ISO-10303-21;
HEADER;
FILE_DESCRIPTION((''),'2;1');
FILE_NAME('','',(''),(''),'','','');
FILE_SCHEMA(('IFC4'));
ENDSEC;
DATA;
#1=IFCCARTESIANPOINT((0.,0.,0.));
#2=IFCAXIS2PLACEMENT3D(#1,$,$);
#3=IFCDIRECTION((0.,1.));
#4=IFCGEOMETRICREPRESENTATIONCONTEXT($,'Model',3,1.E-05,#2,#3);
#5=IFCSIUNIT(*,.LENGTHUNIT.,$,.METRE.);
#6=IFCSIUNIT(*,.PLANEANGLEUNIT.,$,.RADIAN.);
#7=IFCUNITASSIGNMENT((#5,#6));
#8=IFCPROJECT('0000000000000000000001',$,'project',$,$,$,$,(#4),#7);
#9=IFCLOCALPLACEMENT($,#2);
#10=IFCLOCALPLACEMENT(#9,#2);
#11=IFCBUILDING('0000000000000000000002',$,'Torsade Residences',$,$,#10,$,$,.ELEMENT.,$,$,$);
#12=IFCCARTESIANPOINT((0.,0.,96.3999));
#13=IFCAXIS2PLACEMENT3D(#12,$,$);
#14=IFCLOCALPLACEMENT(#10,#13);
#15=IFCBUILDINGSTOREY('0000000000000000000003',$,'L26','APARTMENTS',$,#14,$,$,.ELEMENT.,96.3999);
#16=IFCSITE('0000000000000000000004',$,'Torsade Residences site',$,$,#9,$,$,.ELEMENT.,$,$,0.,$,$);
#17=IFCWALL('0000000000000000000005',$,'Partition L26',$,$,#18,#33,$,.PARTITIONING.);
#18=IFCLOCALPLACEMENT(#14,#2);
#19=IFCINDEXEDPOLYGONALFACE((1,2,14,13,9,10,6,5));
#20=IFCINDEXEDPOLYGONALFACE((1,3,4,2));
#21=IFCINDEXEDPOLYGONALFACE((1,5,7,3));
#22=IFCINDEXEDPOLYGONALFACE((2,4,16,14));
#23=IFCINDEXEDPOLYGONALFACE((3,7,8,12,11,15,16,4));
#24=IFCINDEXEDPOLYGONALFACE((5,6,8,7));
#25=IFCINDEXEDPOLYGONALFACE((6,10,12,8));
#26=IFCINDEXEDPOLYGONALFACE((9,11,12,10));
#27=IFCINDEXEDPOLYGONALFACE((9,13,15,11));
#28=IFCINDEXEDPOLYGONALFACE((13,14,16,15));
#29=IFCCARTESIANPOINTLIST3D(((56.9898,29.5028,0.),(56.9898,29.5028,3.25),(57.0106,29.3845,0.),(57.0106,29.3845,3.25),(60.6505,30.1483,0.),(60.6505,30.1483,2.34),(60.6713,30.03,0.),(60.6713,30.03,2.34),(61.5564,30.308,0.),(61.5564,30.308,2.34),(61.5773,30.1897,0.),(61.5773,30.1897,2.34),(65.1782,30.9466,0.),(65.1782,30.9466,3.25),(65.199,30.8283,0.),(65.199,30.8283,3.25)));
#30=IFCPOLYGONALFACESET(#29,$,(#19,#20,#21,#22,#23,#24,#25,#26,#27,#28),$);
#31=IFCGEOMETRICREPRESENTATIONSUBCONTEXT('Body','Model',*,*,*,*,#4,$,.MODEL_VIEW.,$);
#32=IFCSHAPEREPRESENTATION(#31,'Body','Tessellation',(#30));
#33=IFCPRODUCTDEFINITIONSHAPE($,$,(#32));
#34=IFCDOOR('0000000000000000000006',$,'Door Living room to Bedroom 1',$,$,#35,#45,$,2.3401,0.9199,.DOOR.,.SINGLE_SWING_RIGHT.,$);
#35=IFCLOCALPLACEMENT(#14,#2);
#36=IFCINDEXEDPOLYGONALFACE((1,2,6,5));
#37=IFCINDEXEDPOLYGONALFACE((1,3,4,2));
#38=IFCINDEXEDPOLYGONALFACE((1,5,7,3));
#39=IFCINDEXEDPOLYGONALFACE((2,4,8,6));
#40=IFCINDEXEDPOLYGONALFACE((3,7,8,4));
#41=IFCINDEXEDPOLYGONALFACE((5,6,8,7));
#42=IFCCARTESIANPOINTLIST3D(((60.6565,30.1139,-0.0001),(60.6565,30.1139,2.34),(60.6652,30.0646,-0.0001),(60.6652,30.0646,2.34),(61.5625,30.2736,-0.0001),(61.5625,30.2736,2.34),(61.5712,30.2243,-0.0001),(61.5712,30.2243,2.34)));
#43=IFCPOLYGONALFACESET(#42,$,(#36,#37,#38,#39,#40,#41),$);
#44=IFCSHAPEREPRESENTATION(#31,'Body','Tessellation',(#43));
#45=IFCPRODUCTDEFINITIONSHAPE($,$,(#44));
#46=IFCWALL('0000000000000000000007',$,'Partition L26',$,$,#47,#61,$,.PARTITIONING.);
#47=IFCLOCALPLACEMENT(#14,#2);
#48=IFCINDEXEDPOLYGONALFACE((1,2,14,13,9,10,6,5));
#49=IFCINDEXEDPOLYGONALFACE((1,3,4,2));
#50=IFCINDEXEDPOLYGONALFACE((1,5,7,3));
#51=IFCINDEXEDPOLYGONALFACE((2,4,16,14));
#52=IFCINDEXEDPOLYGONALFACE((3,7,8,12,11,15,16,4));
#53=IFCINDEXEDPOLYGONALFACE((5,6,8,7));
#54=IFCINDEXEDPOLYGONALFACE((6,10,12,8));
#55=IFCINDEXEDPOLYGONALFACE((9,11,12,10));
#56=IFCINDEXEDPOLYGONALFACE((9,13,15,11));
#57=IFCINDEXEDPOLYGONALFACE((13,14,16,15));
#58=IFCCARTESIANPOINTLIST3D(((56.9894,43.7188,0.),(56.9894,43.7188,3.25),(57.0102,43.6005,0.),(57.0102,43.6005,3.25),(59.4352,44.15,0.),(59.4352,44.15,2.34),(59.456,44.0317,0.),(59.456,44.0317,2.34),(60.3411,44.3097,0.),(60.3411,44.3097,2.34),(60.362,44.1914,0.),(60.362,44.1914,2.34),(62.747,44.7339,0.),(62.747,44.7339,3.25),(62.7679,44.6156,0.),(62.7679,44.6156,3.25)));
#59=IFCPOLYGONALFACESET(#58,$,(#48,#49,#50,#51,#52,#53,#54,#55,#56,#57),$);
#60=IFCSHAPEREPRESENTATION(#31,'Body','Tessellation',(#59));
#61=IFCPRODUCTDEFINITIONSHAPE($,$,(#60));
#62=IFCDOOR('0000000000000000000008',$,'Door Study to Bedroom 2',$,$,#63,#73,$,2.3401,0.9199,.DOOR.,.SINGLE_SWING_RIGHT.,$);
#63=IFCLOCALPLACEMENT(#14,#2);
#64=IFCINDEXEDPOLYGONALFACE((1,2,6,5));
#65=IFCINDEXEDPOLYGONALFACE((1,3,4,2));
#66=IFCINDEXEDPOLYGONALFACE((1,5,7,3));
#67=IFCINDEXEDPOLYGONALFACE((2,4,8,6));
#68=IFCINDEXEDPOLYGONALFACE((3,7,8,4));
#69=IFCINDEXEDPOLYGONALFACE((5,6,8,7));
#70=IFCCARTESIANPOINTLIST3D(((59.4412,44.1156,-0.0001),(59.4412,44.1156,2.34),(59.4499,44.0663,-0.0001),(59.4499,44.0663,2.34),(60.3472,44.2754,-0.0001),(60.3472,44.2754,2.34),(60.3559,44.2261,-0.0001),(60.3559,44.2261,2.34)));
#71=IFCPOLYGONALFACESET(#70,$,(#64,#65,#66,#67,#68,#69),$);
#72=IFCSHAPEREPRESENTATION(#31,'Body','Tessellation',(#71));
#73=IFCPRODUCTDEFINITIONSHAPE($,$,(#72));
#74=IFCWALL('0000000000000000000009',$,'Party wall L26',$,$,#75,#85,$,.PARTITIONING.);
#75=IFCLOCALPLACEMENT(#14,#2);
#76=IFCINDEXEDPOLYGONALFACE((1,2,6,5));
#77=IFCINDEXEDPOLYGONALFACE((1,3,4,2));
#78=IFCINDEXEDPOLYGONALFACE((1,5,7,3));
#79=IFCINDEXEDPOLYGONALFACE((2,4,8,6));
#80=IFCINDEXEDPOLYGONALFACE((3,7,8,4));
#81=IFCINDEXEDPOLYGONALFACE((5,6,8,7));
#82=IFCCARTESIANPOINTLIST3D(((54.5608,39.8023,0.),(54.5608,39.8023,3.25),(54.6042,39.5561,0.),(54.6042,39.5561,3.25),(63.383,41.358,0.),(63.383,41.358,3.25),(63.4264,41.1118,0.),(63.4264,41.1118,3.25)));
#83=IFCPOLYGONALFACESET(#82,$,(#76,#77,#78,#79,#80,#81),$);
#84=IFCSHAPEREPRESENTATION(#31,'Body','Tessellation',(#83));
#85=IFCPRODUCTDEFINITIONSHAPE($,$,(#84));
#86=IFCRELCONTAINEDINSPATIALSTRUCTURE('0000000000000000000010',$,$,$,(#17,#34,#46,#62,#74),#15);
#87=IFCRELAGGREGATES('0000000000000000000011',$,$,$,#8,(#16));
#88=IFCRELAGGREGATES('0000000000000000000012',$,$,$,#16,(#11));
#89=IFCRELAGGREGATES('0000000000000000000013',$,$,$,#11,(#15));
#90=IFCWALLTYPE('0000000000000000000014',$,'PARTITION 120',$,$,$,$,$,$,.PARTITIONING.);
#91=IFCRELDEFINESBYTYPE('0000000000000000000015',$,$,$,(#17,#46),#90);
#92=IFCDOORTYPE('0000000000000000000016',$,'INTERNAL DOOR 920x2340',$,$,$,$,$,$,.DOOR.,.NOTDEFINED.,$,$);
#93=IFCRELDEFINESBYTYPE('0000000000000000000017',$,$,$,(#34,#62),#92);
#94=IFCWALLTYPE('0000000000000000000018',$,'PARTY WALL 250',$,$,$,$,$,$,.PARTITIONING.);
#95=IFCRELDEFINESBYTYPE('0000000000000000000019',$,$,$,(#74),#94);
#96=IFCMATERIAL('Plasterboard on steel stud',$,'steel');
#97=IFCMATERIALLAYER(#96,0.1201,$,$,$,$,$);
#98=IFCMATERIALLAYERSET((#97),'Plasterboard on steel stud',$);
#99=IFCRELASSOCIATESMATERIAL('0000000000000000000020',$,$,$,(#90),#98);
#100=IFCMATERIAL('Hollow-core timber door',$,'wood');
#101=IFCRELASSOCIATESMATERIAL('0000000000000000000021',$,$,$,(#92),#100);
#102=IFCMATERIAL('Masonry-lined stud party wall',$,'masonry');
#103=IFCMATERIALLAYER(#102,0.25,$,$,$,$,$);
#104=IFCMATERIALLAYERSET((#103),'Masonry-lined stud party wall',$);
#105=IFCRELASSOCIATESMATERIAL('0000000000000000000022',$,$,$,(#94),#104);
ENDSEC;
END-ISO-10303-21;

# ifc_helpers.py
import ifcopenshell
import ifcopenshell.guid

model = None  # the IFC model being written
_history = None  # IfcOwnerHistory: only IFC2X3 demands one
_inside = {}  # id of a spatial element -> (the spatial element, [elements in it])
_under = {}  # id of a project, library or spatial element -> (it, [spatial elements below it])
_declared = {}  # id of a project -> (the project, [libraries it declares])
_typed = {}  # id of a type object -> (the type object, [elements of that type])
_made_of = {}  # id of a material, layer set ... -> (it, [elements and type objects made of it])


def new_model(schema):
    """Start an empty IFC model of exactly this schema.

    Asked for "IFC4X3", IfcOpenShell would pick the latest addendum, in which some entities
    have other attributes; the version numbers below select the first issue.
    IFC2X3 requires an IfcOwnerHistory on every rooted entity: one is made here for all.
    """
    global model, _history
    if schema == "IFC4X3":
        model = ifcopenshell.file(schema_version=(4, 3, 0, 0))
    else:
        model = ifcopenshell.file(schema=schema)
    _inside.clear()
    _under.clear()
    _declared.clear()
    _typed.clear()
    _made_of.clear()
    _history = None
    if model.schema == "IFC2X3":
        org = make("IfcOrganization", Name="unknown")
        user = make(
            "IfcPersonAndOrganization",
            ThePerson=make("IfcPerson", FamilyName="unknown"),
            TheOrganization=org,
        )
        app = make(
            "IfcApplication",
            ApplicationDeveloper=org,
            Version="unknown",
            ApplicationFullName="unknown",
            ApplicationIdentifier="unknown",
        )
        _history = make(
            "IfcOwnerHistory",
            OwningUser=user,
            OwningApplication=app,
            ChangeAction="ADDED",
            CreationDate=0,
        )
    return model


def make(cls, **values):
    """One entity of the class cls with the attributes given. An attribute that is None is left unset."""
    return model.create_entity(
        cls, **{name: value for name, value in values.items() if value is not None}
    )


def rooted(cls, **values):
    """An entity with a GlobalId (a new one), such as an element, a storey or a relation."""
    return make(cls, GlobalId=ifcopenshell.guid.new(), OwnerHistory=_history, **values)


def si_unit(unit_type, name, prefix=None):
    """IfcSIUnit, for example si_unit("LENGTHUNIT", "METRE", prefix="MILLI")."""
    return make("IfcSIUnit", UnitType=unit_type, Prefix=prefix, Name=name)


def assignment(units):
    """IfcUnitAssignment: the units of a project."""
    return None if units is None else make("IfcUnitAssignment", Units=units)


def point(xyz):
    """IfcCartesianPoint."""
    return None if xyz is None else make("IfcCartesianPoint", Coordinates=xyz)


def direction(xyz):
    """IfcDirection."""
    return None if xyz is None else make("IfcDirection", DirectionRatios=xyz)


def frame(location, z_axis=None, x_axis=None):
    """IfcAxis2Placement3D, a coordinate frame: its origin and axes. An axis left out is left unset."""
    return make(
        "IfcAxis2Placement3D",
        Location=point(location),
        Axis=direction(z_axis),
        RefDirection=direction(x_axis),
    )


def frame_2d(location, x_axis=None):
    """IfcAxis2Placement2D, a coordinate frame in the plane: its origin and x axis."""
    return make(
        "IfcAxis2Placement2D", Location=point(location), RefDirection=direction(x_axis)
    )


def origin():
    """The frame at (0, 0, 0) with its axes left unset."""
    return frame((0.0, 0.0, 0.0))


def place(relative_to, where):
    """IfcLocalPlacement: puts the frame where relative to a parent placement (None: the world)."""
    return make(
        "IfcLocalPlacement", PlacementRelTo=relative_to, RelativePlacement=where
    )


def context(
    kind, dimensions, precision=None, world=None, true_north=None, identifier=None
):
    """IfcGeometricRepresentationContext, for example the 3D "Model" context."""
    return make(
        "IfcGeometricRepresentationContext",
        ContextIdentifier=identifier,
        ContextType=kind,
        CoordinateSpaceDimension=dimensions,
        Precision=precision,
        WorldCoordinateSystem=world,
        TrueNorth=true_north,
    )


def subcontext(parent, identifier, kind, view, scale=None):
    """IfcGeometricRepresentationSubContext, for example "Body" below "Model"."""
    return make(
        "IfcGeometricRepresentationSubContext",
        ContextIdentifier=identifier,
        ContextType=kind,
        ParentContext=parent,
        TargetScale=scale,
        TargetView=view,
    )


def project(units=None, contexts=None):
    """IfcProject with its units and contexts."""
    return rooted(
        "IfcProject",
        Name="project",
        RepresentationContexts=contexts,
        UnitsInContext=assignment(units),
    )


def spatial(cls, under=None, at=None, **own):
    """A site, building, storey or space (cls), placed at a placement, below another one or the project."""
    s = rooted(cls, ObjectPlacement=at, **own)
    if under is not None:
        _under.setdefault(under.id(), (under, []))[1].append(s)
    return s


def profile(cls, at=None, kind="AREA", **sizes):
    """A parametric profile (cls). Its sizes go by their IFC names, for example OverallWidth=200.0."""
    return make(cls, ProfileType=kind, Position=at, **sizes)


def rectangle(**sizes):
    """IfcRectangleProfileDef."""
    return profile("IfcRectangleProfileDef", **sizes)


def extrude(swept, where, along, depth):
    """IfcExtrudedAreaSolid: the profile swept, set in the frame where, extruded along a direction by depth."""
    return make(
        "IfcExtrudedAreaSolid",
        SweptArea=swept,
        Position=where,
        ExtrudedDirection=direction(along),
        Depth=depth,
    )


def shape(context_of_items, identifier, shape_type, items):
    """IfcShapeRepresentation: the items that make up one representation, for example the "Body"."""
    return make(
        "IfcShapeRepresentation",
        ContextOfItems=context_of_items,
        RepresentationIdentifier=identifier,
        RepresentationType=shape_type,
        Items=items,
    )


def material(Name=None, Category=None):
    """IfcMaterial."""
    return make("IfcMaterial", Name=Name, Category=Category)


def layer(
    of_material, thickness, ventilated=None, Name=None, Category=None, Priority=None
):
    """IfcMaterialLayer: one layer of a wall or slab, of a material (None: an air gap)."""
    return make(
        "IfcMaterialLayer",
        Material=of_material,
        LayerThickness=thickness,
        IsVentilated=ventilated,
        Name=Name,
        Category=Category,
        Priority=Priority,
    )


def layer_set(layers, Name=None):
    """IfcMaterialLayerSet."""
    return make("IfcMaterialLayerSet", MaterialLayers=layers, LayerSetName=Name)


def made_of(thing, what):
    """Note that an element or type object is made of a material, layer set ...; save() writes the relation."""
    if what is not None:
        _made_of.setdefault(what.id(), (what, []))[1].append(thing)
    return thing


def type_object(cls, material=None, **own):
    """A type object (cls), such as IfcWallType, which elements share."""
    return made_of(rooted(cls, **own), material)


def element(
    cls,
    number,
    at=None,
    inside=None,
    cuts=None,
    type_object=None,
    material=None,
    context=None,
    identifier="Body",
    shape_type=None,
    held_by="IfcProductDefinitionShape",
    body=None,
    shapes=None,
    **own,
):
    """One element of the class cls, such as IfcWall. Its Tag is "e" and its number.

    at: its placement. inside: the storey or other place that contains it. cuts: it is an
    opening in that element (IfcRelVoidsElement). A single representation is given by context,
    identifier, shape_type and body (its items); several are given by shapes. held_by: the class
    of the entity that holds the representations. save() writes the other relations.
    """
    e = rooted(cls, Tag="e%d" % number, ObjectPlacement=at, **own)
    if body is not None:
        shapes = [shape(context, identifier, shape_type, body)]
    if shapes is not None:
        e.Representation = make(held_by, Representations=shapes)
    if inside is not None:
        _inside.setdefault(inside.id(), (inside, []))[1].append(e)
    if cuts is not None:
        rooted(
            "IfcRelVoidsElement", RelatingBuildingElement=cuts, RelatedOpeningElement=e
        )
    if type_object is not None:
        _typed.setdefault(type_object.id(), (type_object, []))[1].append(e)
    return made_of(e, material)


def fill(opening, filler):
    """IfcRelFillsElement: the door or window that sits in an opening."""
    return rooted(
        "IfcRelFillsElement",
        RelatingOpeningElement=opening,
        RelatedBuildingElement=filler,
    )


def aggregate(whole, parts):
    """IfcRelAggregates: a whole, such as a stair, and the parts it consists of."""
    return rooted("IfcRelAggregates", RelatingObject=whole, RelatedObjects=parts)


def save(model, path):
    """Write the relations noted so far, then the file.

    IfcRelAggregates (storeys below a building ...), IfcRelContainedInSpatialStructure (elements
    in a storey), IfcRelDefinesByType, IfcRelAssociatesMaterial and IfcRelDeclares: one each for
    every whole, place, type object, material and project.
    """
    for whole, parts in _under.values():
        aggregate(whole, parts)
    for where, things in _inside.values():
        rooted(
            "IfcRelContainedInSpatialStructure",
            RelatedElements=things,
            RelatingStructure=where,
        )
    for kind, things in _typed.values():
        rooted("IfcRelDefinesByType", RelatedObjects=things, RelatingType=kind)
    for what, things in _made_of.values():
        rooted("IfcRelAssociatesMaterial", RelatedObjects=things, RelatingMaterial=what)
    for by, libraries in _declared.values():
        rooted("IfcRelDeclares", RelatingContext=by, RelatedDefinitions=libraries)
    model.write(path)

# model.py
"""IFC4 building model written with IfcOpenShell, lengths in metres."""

from ifc_helpers import new_model, si_unit, direction, frame, frame_2d, origin, place, context, subcontext, project, spatial, rectangle, extrude, material, layer, layer_set, type_object, element, fill, save


model = new_model("IFC4")

# Units and contexts
model_context = context("Model", 3, precision=1e-05, world=origin(), true_north=direction((0.0, 1.0)))
body_context = subcontext(model_context, "Body", "Model", "MODEL_VIEW")
ifc_project = project(units=[si_unit("LENGTHUNIT", "METRE"), si_unit("PLANEANGLEUNIT", "RADIAN")], contexts=[model_context])

# Site, building, storey
site_placement = place(None, origin())
site = spatial("IfcSite", under=ifc_project, at=site_placement, Name="Torsade Residences site", CompositionType="ELEMENT", RefElevation=0.0)
building_placement = place(site_placement, origin())
building = spatial("IfcBuilding", under=site, at=building_placement, Name="Torsade Residences", CompositionType="ELEMENT")
storey_placement = place(building_placement, frame((0.0, 0.0, 96.3999)))
storey = spatial("IfcBuildingStorey", under=building, at=storey_placement, Name="L26", Description="APARTMENTS", CompositionType="ELEMENT", Elevation=96.3999)

# Walls, openings, doors
ifc_material_1 = material(Name="Plasterboard on steel stud", Category="steel")
ifc_layer_1 = layer(ifc_material_1, 0.1201)
ifc_layer_set_1 = layer_set([ifc_layer_1], Name="Plasterboard on steel stud")
wall_type_1 = type_object("IfcWallType", Name="PARTITION 120", PredefinedType="PARTITIONING", material=ifc_layer_set_1)
wall_1_placement = place(storey_placement, frame((65.1885, 30.8875, 0.0), z_axis=(0.0, 0.0, 1.0), x_axis=(-0.984808, -0.173648, 0.0)))
wall_1 = element("IfcWall", 1, at=wall_1_placement, inside=storey, type_object=wall_type_1, Name="Partition L26", PredefinedType="PARTITIONING", context=body_context, shape_type="SweptSolid", body=[
    extrude(rectangle(XDim=8.3147, YDim=0.1201, at=frame_2d((4.1572, 0.0))), origin(), (0.0, 0.0, 1.0), 3.25),
])
opening_1_placement = place(wall_1_placement, frame((3.6775, 0.0, 0.0)))
opening_1 = element("IfcOpeningElement", 2, at=opening_1_placement, cuts=wall_1, PredefinedType="OPENING", context=body_context, shape_type="SweptSolid", body=[
    extrude(rectangle(XDim=0.9199, YDim=2.3401, at=frame_2d((0.46, 1.1699))), frame((0.0, 0.0701, 0.0), z_axis=(0.0, -1.0, 0.0), x_axis=(1.0, 0.0, 0.0)), (0.0, 0.0, 1.0), 0.1401),
])
ifc_material_2 = material(Name="Hollow-core timber door", Category="wood")
door_type = type_object("IfcDoorType", Name="INTERNAL DOOR 920x2340", OperationType="NOTDEFINED", PredefinedType="DOOR", material=ifc_material_2)
door_1_placement = place(opening_1_placement, origin())
door_1 = element("IfcDoor", 3, at=door_1_placement, inside=storey, type_object=door_type, Name="Door Living room to Bedroom 1", OperationType="SINGLE_SWING_RIGHT", OverallHeight=2.3401, OverallWidth=0.9199, PredefinedType="DOOR", context=body_context, shape_type="SweptSolid", body=[
    extrude(rectangle(XDim=0.9199, YDim=2.3401, at=frame_2d((0.46, 1.1699))), frame((0.0, 0.0249, 0.0), z_axis=(0.0, -1.0, 0.0), x_axis=(1.0, 0.0, 0.0)), (0.0, 0.0, 1.0), 0.05),
])
fill(opening_1, door_1)
wall_2_placement = place(storey_placement, frame((62.7576, 44.6748, 0.0), z_axis=(0.0, 0.0, 1.0), x_axis=(-0.98481, -0.173635, 0.0)))
wall_2 = element("IfcWall", 4, at=wall_2_placement, inside=storey, type_object=wall_type_1, Name="Partition L26", PredefinedType="PARTITIONING", context=body_context, shape_type="SweptSolid", body=[
    extrude(rectangle(XDim=5.8464, YDim=0.1201, at=frame_2d((2.9233, 0.0))), origin(), (0.0, 0.0, 1.0), 3.25),
])
opening_2_placement = place(wall_2_placement, frame((2.4431, 0.0, 0.0)))
opening_2 = element("IfcOpeningElement", 5, at=opening_2_placement, cuts=wall_2, PredefinedType="OPENING", context=body_context, shape_type="SweptSolid", body=[
    extrude(rectangle(XDim=0.9199, YDim=2.3401, at=frame_2d((0.46, 1.1699))), frame((0.0, 0.0701, 0.0), z_axis=(0.0, -1.0, 0.0), x_axis=(1.0, 0.0, 0.0)), (0.0, 0.0, 1.0), 0.1401),
])
door_2_placement = place(opening_2_placement, origin())
door_2 = element("IfcDoor", 6, at=door_2_placement, inside=storey, type_object=door_type, Name="Door Study to Bedroom 2", OperationType="SINGLE_SWING_RIGHT", OverallHeight=2.3401, OverallWidth=0.9199, PredefinedType="DOOR", context=body_context, shape_type="SweptSolid", body=[
    extrude(rectangle(XDim=0.9199, YDim=2.3401, at=frame_2d((0.46, 1.1699))), frame((0.0, 0.0249, 0.0), z_axis=(0.0, -1.0, 0.0), x_axis=(1.0, 0.0, 0.0)), (0.0, 0.0, 1.0), 0.05),
])
fill(opening_2, door_2)

# Wall
ifc_material_3 = material(Name="Masonry-lined stud party wall", Category="masonry")
ifc_layer_2 = layer(ifc_material_3, 0.25)
ifc_layer_set_2 = layer_set([ifc_layer_2], Name="Masonry-lined stud party wall")
wall_type_2 = type_object("IfcWallType", Name="PARTY WALL 250", PredefinedType="PARTITIONING", material=ifc_layer_set_2)
wall_3_placement = place(storey_placement, frame((63.4045, 41.2349, 0.0), z_axis=(0.0, 0.0, 1.0), x_axis=(-0.984807, -0.173655, 0.0)))
element("IfcWall", 7, at=wall_3_placement, inside=storey, type_object=wall_type_2, Name="Party wall L26", PredefinedType="PARTITIONING", context=body_context, shape_type="SweptSolid", body=[
    extrude(rectangle(XDim=8.9583, YDim=0.25, at=frame_2d((4.479, 0.0))), origin(), (0.0, 0.0, 1.0), 3.25),
])

save(model, "model.ifc")
